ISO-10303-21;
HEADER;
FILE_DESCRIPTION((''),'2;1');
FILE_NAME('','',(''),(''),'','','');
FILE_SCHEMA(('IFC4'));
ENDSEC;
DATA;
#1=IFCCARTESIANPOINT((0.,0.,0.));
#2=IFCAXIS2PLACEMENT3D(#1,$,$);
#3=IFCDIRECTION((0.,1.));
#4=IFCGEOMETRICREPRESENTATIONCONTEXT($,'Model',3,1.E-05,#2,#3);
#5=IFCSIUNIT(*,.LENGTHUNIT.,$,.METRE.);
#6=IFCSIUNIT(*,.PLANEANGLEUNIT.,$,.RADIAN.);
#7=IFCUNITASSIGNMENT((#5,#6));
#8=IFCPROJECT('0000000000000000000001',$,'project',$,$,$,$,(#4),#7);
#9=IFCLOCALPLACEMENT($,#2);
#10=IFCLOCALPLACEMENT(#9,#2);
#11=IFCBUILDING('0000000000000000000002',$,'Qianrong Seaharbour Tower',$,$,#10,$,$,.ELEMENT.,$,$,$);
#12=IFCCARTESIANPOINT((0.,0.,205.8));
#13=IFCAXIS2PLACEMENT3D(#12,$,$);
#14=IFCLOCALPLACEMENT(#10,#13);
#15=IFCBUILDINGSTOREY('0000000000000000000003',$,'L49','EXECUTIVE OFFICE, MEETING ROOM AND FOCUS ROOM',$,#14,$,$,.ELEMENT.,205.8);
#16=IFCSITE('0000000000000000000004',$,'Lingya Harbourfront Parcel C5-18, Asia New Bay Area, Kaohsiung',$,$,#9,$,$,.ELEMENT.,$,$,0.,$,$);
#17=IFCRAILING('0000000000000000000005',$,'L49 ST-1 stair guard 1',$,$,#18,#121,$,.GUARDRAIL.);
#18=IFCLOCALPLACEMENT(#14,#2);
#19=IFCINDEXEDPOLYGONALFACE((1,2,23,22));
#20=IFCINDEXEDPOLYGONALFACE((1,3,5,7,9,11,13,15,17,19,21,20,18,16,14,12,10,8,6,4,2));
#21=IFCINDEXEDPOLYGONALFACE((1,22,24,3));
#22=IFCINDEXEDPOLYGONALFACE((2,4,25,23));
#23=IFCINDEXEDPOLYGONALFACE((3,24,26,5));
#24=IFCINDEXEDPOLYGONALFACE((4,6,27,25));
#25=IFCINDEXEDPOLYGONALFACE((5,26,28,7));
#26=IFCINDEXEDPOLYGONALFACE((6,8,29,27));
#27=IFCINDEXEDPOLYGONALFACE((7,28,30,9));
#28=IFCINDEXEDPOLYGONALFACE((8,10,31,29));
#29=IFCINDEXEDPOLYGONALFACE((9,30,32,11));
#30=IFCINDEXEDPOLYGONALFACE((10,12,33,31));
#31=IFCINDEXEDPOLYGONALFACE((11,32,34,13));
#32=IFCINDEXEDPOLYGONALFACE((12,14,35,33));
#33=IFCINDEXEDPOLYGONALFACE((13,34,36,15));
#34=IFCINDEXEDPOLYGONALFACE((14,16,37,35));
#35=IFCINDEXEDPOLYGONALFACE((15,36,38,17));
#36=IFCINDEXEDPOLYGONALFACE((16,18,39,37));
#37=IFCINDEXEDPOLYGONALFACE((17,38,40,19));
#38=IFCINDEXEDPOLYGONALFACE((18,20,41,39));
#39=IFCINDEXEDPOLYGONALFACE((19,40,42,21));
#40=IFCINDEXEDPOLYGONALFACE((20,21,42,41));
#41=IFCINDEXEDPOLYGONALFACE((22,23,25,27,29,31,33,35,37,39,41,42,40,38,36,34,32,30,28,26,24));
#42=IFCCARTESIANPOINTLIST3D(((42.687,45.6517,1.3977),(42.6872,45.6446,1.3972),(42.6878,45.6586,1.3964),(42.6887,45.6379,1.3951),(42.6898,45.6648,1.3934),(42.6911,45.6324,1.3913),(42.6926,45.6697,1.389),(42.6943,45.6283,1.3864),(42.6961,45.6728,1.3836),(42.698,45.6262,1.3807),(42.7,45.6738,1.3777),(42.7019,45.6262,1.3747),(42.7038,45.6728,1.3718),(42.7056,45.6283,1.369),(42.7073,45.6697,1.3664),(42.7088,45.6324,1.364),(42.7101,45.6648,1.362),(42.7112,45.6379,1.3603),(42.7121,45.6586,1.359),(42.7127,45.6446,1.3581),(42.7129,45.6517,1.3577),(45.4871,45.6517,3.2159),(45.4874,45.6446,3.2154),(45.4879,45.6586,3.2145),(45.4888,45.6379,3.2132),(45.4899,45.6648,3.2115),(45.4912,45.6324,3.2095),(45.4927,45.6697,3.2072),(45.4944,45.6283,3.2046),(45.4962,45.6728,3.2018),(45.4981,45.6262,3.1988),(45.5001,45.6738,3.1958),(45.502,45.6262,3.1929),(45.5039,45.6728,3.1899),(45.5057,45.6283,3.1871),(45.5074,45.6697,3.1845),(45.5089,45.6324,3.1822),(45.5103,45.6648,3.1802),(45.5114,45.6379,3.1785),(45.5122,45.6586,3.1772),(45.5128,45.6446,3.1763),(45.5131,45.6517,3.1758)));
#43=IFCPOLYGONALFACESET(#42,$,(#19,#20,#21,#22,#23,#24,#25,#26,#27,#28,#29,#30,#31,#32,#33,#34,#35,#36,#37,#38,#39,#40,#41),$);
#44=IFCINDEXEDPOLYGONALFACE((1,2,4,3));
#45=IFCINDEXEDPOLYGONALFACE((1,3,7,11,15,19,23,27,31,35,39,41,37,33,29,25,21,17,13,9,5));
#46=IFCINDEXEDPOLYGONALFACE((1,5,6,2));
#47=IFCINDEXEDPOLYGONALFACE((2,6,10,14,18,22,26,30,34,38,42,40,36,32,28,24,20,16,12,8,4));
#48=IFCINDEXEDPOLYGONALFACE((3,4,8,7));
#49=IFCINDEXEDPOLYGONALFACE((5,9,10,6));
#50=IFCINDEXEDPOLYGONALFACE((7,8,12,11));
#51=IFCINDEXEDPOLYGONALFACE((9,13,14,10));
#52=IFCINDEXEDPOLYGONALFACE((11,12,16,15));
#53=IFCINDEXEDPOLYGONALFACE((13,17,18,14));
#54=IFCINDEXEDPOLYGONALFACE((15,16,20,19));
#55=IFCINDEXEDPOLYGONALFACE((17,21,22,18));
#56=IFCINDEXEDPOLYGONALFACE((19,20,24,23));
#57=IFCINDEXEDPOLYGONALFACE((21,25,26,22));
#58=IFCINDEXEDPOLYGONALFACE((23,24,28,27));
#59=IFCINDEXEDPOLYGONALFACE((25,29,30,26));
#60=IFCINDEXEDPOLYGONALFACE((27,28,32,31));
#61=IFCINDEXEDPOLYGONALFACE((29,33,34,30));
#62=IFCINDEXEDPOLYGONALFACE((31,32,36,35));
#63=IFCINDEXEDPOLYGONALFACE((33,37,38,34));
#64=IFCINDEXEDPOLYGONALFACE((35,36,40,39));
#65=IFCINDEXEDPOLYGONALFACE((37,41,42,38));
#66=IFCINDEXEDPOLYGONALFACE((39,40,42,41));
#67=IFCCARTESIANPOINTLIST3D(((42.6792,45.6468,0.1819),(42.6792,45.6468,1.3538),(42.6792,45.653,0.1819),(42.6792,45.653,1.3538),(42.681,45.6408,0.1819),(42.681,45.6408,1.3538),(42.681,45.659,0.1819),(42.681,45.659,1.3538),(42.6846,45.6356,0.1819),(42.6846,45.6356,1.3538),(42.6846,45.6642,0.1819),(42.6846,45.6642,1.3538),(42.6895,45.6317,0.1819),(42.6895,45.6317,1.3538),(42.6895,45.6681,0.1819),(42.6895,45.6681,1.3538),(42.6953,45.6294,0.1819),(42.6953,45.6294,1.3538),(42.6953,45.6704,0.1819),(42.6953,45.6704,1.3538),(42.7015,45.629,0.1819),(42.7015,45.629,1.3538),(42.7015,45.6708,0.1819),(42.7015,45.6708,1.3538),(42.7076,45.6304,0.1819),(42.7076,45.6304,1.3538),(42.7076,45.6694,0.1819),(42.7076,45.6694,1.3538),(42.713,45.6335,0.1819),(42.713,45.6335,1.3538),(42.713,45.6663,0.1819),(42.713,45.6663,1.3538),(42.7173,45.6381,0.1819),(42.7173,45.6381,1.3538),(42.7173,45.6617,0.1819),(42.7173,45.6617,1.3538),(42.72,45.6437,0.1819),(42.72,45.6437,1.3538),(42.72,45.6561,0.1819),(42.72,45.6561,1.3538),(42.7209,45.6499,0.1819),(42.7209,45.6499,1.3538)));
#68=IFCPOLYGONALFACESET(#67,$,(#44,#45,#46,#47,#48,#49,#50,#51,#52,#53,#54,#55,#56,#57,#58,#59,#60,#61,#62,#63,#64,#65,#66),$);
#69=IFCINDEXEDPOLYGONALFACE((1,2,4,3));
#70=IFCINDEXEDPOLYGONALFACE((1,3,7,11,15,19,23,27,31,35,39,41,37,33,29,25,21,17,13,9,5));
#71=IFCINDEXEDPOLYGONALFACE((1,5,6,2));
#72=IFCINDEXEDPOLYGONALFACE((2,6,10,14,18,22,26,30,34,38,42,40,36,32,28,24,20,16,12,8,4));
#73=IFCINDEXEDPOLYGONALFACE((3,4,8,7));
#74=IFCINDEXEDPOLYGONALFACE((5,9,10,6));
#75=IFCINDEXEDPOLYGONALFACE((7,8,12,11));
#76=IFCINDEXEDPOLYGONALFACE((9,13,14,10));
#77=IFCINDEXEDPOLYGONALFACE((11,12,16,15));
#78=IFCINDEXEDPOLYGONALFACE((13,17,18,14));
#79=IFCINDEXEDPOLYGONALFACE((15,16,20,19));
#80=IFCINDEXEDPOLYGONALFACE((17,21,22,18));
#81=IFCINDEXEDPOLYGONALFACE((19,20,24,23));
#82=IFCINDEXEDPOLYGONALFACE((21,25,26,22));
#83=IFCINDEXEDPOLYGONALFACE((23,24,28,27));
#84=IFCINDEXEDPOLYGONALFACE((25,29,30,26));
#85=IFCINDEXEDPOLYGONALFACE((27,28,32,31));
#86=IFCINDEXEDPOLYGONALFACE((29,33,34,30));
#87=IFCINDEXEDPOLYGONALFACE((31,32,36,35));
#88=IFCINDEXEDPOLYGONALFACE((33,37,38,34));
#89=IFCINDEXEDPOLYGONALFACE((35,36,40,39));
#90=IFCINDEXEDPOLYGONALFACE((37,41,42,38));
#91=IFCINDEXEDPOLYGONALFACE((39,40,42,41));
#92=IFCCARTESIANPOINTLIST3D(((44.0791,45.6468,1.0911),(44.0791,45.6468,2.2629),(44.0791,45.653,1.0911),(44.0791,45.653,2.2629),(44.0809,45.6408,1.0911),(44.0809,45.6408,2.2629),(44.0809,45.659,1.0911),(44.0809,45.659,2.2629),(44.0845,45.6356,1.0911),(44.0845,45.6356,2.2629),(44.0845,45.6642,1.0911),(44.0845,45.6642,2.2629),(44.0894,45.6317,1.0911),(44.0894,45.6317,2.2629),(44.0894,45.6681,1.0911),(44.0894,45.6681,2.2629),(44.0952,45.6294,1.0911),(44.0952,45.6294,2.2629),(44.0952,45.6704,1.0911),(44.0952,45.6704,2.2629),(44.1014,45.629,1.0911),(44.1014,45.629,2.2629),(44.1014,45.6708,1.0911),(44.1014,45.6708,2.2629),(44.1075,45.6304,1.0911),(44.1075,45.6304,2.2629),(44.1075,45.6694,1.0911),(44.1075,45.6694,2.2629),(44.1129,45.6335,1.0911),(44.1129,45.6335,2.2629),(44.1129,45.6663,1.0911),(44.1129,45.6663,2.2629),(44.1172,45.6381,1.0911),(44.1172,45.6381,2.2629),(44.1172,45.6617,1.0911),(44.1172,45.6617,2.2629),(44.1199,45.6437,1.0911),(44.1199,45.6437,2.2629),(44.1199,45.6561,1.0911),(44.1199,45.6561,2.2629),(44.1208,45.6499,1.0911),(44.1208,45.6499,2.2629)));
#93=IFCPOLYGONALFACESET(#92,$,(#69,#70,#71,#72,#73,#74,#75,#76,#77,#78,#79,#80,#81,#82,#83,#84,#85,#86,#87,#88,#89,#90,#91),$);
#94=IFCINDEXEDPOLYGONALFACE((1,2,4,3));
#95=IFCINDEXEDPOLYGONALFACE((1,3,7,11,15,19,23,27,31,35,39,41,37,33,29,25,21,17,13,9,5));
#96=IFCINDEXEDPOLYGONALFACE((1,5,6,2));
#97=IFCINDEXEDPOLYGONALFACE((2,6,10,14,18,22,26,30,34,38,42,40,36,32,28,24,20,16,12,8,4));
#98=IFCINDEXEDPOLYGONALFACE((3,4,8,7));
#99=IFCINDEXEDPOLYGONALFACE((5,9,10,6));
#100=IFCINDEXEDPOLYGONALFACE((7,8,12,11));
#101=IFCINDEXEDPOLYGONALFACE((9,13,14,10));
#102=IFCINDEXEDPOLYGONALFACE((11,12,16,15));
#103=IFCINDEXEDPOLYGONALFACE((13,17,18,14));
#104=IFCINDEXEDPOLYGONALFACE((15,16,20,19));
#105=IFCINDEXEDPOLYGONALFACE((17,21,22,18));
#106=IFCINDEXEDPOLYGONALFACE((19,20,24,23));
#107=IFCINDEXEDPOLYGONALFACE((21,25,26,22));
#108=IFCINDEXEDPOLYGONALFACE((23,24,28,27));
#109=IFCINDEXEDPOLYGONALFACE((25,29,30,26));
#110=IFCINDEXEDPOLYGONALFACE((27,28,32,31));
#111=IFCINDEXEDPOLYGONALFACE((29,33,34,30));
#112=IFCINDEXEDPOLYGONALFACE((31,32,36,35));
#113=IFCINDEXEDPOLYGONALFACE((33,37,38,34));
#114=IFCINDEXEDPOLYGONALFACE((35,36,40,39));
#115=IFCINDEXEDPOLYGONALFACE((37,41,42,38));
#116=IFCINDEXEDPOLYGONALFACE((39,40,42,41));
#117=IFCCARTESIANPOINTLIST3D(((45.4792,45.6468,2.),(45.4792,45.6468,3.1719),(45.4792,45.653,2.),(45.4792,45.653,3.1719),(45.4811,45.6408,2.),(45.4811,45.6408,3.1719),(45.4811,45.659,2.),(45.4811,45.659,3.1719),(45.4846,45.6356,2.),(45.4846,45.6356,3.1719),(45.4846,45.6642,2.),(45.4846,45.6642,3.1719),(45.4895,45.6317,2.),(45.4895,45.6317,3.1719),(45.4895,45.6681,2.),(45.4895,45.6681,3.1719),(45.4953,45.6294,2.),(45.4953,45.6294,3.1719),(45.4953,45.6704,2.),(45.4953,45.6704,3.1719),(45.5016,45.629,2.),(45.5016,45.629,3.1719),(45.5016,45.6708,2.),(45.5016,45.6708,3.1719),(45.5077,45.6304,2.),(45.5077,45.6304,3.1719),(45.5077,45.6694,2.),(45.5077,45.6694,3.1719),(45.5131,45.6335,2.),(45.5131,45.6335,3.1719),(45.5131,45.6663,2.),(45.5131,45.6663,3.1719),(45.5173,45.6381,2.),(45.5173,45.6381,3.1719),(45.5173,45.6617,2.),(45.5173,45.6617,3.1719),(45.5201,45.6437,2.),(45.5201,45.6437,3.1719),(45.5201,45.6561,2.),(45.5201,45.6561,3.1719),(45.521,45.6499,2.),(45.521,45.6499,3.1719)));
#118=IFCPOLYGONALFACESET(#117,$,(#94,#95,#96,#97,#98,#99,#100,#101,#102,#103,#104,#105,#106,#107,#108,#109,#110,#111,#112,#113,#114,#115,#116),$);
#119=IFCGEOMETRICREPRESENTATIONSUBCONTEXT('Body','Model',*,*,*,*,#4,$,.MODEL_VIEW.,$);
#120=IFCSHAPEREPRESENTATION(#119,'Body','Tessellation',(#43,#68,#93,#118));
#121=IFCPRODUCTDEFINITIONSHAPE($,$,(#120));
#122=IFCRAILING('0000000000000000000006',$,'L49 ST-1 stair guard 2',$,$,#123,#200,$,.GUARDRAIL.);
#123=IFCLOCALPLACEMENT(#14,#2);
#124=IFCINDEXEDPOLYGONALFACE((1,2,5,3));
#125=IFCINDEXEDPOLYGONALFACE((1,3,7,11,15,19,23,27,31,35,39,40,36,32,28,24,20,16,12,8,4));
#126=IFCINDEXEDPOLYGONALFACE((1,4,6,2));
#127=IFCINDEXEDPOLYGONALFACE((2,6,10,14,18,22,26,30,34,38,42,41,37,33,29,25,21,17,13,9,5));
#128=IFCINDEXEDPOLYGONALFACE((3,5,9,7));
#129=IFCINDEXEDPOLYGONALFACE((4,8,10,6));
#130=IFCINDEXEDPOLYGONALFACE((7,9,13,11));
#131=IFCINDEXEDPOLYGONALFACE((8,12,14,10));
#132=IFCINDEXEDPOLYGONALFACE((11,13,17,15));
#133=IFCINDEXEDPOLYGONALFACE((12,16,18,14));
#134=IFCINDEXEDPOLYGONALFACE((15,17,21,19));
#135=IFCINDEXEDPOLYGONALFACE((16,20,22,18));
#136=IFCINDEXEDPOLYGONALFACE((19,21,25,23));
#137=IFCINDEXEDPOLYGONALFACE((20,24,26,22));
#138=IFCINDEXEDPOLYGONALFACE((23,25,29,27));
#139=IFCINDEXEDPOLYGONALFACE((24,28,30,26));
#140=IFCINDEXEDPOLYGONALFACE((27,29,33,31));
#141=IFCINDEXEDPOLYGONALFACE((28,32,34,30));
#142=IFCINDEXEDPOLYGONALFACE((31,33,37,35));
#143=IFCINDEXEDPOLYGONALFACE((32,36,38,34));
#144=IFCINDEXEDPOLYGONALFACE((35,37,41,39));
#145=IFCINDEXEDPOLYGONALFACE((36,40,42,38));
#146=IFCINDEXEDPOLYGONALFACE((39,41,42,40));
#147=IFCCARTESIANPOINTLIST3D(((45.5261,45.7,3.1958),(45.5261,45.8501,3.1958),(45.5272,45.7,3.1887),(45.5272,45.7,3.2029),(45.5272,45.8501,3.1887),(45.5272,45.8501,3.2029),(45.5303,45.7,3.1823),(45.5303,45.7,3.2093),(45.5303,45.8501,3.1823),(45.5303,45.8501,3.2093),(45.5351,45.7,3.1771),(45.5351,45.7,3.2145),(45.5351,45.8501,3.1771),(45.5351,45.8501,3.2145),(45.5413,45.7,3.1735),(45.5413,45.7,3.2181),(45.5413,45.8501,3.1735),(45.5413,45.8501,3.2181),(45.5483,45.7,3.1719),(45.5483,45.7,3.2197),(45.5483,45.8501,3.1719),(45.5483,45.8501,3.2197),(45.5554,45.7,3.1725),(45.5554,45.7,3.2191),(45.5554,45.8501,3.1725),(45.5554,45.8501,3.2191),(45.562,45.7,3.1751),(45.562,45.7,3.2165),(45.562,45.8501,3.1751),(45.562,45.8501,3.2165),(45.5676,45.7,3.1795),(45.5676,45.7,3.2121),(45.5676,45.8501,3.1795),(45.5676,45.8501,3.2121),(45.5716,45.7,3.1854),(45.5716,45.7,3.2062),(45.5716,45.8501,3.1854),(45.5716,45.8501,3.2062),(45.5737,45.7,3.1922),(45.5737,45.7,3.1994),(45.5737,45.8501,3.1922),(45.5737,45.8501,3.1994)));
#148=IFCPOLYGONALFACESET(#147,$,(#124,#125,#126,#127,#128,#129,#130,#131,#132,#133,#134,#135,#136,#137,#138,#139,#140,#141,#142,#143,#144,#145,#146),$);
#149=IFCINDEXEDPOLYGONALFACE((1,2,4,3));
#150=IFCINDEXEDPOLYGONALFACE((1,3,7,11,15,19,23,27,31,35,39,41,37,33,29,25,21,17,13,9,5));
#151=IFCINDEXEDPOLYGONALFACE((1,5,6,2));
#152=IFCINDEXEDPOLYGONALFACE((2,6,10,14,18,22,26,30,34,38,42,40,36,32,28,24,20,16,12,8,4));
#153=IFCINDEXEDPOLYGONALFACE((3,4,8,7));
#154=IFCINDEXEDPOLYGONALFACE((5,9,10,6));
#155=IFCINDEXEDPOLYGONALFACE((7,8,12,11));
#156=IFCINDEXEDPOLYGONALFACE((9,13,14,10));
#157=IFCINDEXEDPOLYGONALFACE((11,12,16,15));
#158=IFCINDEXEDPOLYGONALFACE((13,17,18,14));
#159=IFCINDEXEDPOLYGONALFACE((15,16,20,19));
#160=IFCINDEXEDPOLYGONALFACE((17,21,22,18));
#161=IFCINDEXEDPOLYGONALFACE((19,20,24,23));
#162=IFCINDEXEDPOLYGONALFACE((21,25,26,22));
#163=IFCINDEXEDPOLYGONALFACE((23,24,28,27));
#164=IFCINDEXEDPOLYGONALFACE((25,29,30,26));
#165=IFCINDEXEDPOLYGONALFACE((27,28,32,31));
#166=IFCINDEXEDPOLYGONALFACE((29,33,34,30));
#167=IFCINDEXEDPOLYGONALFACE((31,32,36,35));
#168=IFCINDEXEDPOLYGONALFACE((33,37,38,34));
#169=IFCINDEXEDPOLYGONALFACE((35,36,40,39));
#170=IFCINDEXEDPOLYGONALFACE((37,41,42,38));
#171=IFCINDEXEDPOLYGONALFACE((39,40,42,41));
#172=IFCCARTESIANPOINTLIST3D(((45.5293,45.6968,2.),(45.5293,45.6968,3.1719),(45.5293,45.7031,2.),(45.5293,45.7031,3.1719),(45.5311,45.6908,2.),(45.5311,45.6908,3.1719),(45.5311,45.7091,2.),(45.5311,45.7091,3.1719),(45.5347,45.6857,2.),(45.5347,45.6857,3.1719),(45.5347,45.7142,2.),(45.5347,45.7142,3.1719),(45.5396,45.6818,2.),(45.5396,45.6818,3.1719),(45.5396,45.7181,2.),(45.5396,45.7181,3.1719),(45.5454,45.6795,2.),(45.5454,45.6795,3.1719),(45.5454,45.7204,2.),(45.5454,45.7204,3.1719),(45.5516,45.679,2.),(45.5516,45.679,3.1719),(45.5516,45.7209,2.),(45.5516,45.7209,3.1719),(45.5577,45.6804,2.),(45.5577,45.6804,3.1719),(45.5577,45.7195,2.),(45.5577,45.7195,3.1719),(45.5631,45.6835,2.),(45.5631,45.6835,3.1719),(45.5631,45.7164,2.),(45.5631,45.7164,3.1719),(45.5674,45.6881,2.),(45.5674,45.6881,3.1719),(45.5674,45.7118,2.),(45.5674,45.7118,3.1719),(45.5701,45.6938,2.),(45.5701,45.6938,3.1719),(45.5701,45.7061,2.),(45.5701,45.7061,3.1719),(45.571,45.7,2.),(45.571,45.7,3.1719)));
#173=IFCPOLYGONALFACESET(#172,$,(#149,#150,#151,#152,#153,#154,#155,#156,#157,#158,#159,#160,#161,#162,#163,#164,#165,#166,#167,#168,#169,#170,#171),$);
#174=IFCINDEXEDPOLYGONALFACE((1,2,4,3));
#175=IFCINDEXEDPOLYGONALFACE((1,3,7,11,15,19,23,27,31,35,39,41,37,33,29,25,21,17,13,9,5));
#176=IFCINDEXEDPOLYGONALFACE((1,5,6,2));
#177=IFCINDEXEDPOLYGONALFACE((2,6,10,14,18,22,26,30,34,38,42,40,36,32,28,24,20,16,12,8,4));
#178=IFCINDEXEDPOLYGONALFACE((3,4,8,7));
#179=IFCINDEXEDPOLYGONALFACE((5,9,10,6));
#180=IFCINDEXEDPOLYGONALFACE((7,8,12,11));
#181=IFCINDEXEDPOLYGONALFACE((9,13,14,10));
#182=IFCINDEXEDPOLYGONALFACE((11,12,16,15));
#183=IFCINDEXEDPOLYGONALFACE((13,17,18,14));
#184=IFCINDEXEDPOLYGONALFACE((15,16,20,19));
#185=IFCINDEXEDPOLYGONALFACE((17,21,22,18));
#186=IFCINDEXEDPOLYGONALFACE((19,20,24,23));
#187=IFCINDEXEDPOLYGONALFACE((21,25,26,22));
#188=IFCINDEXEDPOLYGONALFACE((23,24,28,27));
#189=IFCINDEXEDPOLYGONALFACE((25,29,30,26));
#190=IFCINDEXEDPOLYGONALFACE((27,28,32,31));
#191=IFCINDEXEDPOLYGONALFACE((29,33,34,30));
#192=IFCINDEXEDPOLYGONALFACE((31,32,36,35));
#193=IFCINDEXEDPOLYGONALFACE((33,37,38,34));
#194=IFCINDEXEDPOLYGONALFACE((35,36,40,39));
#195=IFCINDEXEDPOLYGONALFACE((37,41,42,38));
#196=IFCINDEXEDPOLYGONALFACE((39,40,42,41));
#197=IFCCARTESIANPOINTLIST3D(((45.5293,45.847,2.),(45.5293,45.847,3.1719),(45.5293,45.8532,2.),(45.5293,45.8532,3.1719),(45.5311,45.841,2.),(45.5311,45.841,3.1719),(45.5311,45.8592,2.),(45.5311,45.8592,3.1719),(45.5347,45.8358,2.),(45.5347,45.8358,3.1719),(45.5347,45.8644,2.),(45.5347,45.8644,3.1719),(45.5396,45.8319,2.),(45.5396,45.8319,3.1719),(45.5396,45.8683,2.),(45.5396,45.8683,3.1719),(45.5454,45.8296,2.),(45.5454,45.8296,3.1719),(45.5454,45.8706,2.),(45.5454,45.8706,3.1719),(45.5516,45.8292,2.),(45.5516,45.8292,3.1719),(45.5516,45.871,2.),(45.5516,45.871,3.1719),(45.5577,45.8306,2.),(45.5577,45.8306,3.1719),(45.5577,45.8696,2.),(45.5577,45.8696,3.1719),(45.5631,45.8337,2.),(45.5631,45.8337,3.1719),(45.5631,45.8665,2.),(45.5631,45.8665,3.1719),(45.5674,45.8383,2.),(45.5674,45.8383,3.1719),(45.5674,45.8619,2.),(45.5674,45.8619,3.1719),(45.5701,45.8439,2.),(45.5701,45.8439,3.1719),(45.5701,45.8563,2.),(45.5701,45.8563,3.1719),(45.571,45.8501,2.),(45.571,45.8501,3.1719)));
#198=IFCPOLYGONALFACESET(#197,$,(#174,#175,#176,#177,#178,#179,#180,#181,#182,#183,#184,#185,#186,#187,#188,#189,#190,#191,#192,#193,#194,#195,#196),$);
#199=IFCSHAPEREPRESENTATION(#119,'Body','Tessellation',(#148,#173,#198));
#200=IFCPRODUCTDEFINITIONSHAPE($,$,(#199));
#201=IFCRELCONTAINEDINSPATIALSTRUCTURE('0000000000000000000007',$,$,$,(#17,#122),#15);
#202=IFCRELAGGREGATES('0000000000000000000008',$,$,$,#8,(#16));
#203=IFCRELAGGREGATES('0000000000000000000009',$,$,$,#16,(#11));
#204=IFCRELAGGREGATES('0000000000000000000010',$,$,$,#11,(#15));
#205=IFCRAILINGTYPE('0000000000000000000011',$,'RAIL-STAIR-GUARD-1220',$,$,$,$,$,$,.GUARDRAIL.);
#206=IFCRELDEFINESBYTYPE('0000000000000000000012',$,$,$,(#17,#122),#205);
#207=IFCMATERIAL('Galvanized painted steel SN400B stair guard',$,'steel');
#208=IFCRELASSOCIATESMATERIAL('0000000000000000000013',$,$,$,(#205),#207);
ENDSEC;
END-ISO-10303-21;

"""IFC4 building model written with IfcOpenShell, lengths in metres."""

from ifc_helpers import new_model, si_unit, direction, frame, origin, origin_2d, place, context, subcontext, project, spatial, circle, extrude, material, type_object, element, save


model = new_model("IFC4")

# Units and contexts
model_context = context("Model", 3, precision=1e-05, world=origin(), true_north=direction((0.0, 1.0)))
body_context = subcontext(model_context, "Body", "Model", "MODEL_VIEW")
ifc_project = project(units=[si_unit("LENGTHUNIT", "METRE"), si_unit("PLANEANGLEUNIT", "RADIAN")], contexts=[model_context])

# Site, building, storey
site_placement = place(None, origin())
site = spatial("IfcSite", under=ifc_project, at=site_placement, Name="Lingya Harbourfront Parcel C5-18, Asia New Bay Area, Kaohsiung", CompositionType="ELEMENT", RefElevation=0.0)
building_placement = place(site_placement, origin())
building = spatial("IfcBuilding", under=site, at=building_placement, Name="Qianrong Seaharbour Tower", CompositionType="ELEMENT")
storey_placement = place(building_placement, frame((0.0, 0.0, 205.8)))
storey = spatial("IfcBuildingStorey", under=building, at=storey_placement, Name="L49", Description="EXECUTIVE OFFICE, MEETING ROOM AND FOCUS ROOM", CompositionType="ELEMENT", Elevation=205.8)

# Railings
ifc_material_1 = material(Name="Galvanized painted steel SN400B stair guard", Category="steel")
railing_type_1 = type_object("IfcRailingType", Name="RAIL-STAIR-GUARD-1220", PredefinedType="GUARDRAIL", material=ifc_material_1)
railing_1_placement = place(storey_placement, frame((42.7, 45.6499, 0.1819)))
element("IfcRailing", 1, at=railing_1_placement, inside=storey, type_object=railing_type_1, Name="L49 ST-1 stair guard 1", PredefinedType="GUARDRAIL", context=body_context, shape_type="SweptSolid", body=[
    extrude(circle(Radius=0.0239, at=origin_2d()), frame((0.0, 0.0, 1.1958), z_axis=(0.838706, 0.0, 0.544585), x_axis=(0.0, 1.0, 0.0)), (0.0, 0.0, 1.0), 3.3386),
    extrude(circle(Radius=0.021, at=origin_2d()), origin(), (0.0, 0.0, 1.0), 1.1719),
    extrude(circle(Radius=0.021, at=origin_2d()), frame((1.3999, 0.0, 0.9092)), (0.0, 0.0, 1.0), 1.1719),
    extrude(circle(Radius=0.021, at=origin_2d()), frame((2.8, 0.0, 1.8181)), (0.0, 0.0, 1.0), 1.1719),
])
for number, where, name in (
    (2, (45.55, 45.7, 2.0), "L49 ST-1 stair guard 2"),
):
    element("IfcRailing", number, at=place(storey_placement, frame(where)), inside=storey, type_object=railing_type_1, Name=name, PredefinedType="GUARDRAIL", context=body_context, shape_type="SweptSolid", body=[
        extrude(circle(Radius=0.0239, at=origin_2d()), frame((0.0, 0.0, 1.1958), z_axis=(0.0, 1.0, 0.0), x_axis=(-1.0, 0.0, 0.0)), (0.0, 0.0, 1.0), 0.1501),
        extrude(circle(Radius=0.021, at=origin_2d()), origin(), (0.0, 0.0, 1.0), 1.1719),
        extrude(circle(Radius=0.021, at=origin_2d()), frame((0.0, 0.1501, 0.0)), (0.0, 0.0, 1.0), 1.1719),
    ])

save(model, "model.ifc")
